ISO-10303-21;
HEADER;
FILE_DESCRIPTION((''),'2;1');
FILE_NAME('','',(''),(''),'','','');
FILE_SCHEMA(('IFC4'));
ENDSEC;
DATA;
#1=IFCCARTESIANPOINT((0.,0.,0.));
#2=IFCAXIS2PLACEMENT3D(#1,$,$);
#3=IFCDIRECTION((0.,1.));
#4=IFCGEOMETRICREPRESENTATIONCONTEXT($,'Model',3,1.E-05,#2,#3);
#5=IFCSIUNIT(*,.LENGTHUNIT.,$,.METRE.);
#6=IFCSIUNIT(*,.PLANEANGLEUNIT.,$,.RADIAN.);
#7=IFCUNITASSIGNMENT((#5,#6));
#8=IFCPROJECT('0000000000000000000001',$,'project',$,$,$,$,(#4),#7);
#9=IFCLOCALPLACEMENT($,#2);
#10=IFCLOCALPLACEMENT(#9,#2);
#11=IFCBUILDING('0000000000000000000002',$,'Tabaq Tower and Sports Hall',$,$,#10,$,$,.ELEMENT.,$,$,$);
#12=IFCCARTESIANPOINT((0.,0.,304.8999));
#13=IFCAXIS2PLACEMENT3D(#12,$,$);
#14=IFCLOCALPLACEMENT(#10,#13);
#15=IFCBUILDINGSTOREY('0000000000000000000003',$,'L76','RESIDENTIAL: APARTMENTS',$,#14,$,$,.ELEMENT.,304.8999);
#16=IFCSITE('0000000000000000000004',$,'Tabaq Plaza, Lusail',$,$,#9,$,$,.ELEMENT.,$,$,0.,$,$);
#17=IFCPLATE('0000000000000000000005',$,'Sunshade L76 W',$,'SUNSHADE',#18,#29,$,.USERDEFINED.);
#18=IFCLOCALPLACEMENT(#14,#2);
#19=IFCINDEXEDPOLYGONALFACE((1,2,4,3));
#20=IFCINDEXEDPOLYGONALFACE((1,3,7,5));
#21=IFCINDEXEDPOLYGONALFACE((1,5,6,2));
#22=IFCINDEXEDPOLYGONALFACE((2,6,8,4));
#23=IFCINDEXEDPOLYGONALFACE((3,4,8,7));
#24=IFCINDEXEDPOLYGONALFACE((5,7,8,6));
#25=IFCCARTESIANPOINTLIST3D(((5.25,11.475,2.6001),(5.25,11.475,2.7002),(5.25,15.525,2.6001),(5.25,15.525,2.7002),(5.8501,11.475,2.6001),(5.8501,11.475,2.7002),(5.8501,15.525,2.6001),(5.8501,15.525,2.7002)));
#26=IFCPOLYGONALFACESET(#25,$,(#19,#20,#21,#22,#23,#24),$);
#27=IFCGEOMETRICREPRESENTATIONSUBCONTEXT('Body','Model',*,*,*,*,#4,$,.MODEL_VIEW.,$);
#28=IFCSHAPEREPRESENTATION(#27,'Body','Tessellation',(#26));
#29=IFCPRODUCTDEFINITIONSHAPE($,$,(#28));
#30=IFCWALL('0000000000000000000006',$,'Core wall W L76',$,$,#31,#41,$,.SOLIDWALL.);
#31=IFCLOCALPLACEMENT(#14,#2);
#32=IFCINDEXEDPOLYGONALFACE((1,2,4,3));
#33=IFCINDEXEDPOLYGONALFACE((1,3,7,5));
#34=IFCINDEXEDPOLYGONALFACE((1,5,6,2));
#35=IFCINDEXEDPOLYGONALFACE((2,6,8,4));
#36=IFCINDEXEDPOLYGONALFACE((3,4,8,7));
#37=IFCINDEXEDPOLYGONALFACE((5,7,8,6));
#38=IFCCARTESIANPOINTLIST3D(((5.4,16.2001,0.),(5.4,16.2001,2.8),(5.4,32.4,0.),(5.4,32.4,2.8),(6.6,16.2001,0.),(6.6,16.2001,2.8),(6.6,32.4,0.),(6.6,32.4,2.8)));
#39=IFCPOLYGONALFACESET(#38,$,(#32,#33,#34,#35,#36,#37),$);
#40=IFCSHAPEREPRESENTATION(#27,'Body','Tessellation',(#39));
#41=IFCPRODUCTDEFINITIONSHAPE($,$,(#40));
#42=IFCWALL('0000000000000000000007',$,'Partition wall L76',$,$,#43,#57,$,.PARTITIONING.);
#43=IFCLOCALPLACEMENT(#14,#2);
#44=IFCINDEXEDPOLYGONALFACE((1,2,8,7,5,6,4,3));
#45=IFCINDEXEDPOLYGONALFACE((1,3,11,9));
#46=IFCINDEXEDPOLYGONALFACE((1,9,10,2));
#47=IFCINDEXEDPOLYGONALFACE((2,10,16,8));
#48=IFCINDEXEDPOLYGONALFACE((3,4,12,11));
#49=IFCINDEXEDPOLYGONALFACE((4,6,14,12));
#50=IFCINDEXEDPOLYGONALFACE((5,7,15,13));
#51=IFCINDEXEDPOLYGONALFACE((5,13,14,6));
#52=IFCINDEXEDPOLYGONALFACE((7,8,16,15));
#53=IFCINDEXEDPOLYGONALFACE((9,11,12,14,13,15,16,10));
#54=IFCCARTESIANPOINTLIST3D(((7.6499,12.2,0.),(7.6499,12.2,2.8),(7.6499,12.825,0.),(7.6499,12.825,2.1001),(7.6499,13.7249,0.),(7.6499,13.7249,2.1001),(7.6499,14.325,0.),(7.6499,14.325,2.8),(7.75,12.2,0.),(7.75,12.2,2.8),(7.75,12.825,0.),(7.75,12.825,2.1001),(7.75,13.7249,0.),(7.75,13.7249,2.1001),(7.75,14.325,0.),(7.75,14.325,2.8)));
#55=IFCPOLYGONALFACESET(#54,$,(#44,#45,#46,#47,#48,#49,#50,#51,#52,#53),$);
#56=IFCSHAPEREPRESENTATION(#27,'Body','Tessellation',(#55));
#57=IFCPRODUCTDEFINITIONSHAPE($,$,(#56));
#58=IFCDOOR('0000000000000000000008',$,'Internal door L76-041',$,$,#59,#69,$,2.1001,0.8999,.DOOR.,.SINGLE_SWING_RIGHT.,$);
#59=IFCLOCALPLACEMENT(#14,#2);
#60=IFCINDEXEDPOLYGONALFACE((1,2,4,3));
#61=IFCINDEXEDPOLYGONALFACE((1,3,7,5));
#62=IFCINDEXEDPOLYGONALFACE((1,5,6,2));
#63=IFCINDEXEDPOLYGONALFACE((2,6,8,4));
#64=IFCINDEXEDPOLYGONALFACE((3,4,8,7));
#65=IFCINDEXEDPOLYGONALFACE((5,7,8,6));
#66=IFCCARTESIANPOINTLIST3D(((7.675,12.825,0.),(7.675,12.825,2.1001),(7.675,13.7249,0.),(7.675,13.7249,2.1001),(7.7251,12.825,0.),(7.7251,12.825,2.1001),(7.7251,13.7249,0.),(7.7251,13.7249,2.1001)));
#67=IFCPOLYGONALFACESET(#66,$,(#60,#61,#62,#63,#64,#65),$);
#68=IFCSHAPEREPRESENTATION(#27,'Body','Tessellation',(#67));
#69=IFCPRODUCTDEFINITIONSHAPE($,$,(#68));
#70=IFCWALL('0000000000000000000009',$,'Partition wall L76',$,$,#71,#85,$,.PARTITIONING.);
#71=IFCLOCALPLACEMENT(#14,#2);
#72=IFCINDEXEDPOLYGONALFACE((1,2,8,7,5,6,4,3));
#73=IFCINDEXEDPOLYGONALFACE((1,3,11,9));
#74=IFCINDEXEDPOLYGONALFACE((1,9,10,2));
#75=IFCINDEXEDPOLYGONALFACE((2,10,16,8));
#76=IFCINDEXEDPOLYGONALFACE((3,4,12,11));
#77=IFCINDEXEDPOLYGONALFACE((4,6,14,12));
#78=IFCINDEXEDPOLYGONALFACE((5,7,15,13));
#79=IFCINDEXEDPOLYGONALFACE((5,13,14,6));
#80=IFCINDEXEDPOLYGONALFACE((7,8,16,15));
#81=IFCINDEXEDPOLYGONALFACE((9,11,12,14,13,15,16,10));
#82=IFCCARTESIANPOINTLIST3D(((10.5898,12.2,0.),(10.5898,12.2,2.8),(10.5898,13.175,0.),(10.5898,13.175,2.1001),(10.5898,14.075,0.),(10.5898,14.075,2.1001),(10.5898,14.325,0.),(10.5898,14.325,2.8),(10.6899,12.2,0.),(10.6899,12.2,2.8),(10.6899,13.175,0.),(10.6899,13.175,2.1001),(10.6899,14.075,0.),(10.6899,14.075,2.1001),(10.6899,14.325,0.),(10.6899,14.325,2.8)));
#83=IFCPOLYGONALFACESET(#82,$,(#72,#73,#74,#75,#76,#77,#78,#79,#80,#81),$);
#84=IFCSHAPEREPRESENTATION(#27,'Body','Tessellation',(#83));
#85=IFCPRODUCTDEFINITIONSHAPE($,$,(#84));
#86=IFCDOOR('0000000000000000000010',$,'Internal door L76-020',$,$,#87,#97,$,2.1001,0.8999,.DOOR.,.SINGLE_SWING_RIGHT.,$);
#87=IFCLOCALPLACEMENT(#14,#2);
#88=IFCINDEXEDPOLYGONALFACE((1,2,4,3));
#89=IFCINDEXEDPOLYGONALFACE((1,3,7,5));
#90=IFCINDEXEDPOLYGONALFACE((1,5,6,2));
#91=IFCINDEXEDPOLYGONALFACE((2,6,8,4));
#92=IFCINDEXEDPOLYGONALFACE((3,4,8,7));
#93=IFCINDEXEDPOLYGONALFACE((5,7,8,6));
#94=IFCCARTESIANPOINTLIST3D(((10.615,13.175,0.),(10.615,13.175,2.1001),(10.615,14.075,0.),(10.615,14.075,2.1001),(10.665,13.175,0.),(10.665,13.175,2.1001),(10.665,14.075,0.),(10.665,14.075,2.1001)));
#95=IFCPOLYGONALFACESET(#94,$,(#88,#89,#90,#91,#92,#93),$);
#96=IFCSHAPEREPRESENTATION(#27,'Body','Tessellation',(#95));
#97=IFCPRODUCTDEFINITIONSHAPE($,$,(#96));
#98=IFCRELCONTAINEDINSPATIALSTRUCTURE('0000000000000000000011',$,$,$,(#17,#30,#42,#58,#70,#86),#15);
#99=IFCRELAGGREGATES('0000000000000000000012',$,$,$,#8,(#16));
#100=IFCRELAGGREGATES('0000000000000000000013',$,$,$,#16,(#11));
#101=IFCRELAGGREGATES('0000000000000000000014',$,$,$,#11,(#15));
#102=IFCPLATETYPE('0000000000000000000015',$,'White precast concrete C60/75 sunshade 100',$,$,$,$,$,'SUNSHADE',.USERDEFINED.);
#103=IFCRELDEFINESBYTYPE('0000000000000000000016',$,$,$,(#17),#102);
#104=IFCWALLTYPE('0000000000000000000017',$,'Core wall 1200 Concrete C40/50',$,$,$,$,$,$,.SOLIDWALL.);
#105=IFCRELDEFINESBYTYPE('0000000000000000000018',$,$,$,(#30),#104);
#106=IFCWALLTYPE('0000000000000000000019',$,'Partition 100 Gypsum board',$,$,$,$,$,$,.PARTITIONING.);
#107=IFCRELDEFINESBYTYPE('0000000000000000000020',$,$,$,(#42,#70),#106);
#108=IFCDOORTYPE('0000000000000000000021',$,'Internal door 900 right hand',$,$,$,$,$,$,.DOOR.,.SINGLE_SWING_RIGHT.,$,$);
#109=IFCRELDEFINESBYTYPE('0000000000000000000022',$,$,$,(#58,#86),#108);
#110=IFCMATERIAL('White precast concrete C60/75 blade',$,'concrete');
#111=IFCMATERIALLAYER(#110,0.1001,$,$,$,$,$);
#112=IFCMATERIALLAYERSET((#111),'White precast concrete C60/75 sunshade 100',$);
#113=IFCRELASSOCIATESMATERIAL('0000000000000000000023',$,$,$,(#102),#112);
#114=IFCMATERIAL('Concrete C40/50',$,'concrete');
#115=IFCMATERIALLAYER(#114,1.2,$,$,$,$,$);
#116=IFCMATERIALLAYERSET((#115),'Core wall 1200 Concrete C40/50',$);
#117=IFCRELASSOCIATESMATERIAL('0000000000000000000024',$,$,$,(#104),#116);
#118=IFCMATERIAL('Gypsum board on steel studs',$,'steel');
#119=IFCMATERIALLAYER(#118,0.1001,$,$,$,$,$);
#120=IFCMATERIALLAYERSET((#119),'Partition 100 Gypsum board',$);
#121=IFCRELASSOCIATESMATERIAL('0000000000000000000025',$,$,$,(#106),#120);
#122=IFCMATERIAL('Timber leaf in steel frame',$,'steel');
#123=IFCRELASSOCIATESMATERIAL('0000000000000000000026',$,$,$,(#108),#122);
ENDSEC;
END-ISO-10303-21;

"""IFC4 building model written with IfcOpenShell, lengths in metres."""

from ifc_helpers import new_model, si_unit, direction, frame, frame_2d, origin, origin_2d, place, context, subcontext, project, spatial, rectangle, extrude, material, layer, layer_set, type_object, element, fill, save


model = new_model("IFC4")

# Units and contexts
model_context = context("Model", 3, precision=1e-05, world=origin(), true_north=direction((0.0, 1.0)))
body_context = subcontext(model_context, "Body", "Model", "MODEL_VIEW")
ifc_project = project(units=[si_unit("LENGTHUNIT", "METRE"), si_unit("PLANEANGLEUNIT", "RADIAN")], contexts=[model_context])

# Site, building, storey
site_placement = place(None, origin())
site = spatial("IfcSite", under=ifc_project, at=site_placement, Name="Tabaq Plaza, Lusail", CompositionType="ELEMENT", RefElevation=0.0)
building_placement = place(site_placement, origin())
building = spatial("IfcBuilding", under=site, at=building_placement, Name="Tabaq Tower and Sports Hall", CompositionType="ELEMENT")
storey_placement = place(building_placement, frame((0.0, 0.0, 304.8999)))
storey = spatial("IfcBuildingStorey", under=building, at=storey_placement, Name="L76", Description="RESIDENTIAL: APARTMENTS", CompositionType="ELEMENT", Elevation=304.8999)

# Plate
ifc_material_1 = material(Name="White precast concrete C60/75 blade", Category="concrete")
ifc_layer_1 = layer(ifc_material_1, 0.1001)
ifc_layer_set_1 = layer_set([ifc_layer_1], Name="White precast concrete C60/75 sunshade 100")
plate_type = type_object("IfcPlateType", Name="White precast concrete C60/75 sunshade 100", ElementType="SUNSHADE", PredefinedType="USERDEFINED", material=ifc_layer_set_1)
plate_placement = place(storey_placement, frame((5.55, 13.5, 2.6001), z_axis=(0.0, 0.0, 1.0), x_axis=(0.0, -1.0, 0.0)))
element("IfcPlate", 1, at=plate_placement, inside=storey, type_object=plate_type, Name="Sunshade L76 W", ObjectType="SUNSHADE", PredefinedType="USERDEFINED", context=body_context, shape_type="SweptSolid", body=[
    extrude(rectangle(XDim=4.05, YDim=0.6001, at=origin_2d()), origin(), (0.0, 0.0, 1.0), 0.1001),
])

# Wall
ifc_material_2 = material(Name="Concrete C40/50", Category="concrete")
ifc_layer_2 = layer(ifc_material_2, 1.2)
ifc_layer_set_2 = layer_set([ifc_layer_2], Name="Core wall 1200 Concrete C40/50")
wall_type_1 = type_object("IfcWallType", Name="Core wall 1200 Concrete C40/50", PredefinedType="SOLIDWALL", material=ifc_layer_set_2)
wall_1_placement = place(storey_placement, frame((6.0, 16.2, 0.0), z_axis=(0.0, 0.0, 1.0), x_axis=(0.0, 1.0, 0.0)))
element("IfcWall", 2, at=wall_1_placement, inside=storey, type_object=wall_type_1, Name="Core wall W L76", PredefinedType="SOLIDWALL", context=body_context, shape_type="SweptSolid", body=[
    extrude(rectangle(XDim=16.2, YDim=1.2, at=frame_2d((8.1001, 0.0))), origin(), (0.0, 0.0, 1.0), 2.8),
])

# Walls, openings, doors
ifc_material_3 = material(Name="Gypsum board on steel studs", Category="steel")
ifc_layer_3 = layer(ifc_material_3, 0.1001)
ifc_layer_set_3 = layer_set([ifc_layer_3], Name="Partition 100 Gypsum board")
wall_type_2 = type_object("IfcWallType", Name="Partition 100 Gypsum board", PredefinedType="PARTITIONING", material=ifc_layer_set_3)
wall_2_placement = place(storey_placement, frame((7.7, 12.2, 0.0), z_axis=(0.0, 0.0, 1.0), x_axis=(0.0, 1.0, 0.0)))
wall_2 = element("IfcWall", 3, at=wall_2_placement, inside=storey, type_object=wall_type_2, Name="Partition wall L76", PredefinedType="PARTITIONING", context=body_context, shape_type="SweptSolid", body=[
    extrude(rectangle(XDim=2.125, YDim=0.1001, at=frame_2d((1.0625, 0.0))), origin(), (0.0, 0.0, 1.0), 2.8),
])
opening_1_placement = place(wall_2_placement, frame((0.625, 0.0, 0.0)))
opening_1 = element("IfcOpeningElement", 4, at=opening_1_placement, cuts=wall_2, PredefinedType="OPENING", context=body_context, shape_type="SweptSolid", body=[
    extrude(rectangle(XDim=0.8999, YDim=2.1001, at=frame_2d((0.45, 1.05))), frame((0.0, 0.05, 0.0), z_axis=(0.0, -1.0, 0.0), x_axis=(1.0, 0.0, 0.0)), (0.0, 0.0, 1.0), 0.1001),
])
ifc_material_4 = material(Name="Timber leaf in steel frame", Category="steel")
door_type_1 = type_object("IfcDoorType", Name="Internal door 900 right hand", OperationType="SINGLE_SWING_RIGHT", PredefinedType="DOOR", material=ifc_material_4)
door_1_placement = place(opening_1_placement, origin())
door_1 = element("IfcDoor", 5, at=door_1_placement, inside=storey, type_object=door_type_1, Name="Internal door L76-041", OperationType="SINGLE_SWING_RIGHT", OverallHeight=2.1001, OverallWidth=0.8999, PredefinedType="DOOR", context=body_context, shape_type="SweptSolid", body=[
    extrude(rectangle(XDim=0.8999, YDim=2.1001, at=frame_2d((0.45, 1.05))), frame((0.0, 0.0249, 0.0), z_axis=(0.0, -1.0, 0.0), x_axis=(1.0, 0.0, 0.0)), (0.0, 0.0, 1.0), 0.05),
])
fill(opening_1, door_1)
wall_3_placement = place(storey_placement, frame((10.6399, 12.2, 0.0), z_axis=(0.0, 0.0, 1.0), x_axis=(0.0, 1.0, 0.0)))
wall_3 = element("IfcWall", 6, at=wall_3_placement, inside=storey, type_object=wall_type_2, Name="Partition wall L76", PredefinedType="PARTITIONING", context=body_context, shape_type="SweptSolid", body=[
    extrude(rectangle(XDim=2.125, YDim=0.1001, at=frame_2d((1.0625, 0.0))), origin(), (0.0, 0.0, 1.0), 2.8),
])
opening_2_placement = place(wall_3_placement, frame((0.9751, 0.0, 0.0)))
opening_2 = element("IfcOpeningElement", 7, at=opening_2_placement, cuts=wall_3, PredefinedType="OPENING", context=body_context, shape_type="SweptSolid", body=[
    extrude(rectangle(XDim=0.8999, YDim=2.1001, at=frame_2d((0.45, 1.05))), frame((0.0, 0.05, 0.0), z_axis=(0.0, -1.0, 0.0), x_axis=(1.0, 0.0, 0.0)), (0.0, 0.0, 1.0), 0.1001),
])
door_2_placement = place(opening_2_placement, origin())
door_2 = element("IfcDoor", 8, at=door_2_placement, inside=storey, type_object=door_type_1, Name="Internal door L76-020", OperationType="SINGLE_SWING_RIGHT", OverallHeight=2.1001, OverallWidth=0.8999, PredefinedType="DOOR", context=body_context, shape_type="SweptSolid", body=[
    extrude(rectangle(XDim=0.8999, YDim=2.1001, at=frame_2d((0.45, 1.05))), frame((0.0, 0.0249, 0.0), z_axis=(0.0, -1.0, 0.0), x_axis=(1.0, 0.0, 0.0)), (0.0, 0.0, 1.0), 0.05),
])
fill(opening_2, door_2)

save(model, "model.ifc")
